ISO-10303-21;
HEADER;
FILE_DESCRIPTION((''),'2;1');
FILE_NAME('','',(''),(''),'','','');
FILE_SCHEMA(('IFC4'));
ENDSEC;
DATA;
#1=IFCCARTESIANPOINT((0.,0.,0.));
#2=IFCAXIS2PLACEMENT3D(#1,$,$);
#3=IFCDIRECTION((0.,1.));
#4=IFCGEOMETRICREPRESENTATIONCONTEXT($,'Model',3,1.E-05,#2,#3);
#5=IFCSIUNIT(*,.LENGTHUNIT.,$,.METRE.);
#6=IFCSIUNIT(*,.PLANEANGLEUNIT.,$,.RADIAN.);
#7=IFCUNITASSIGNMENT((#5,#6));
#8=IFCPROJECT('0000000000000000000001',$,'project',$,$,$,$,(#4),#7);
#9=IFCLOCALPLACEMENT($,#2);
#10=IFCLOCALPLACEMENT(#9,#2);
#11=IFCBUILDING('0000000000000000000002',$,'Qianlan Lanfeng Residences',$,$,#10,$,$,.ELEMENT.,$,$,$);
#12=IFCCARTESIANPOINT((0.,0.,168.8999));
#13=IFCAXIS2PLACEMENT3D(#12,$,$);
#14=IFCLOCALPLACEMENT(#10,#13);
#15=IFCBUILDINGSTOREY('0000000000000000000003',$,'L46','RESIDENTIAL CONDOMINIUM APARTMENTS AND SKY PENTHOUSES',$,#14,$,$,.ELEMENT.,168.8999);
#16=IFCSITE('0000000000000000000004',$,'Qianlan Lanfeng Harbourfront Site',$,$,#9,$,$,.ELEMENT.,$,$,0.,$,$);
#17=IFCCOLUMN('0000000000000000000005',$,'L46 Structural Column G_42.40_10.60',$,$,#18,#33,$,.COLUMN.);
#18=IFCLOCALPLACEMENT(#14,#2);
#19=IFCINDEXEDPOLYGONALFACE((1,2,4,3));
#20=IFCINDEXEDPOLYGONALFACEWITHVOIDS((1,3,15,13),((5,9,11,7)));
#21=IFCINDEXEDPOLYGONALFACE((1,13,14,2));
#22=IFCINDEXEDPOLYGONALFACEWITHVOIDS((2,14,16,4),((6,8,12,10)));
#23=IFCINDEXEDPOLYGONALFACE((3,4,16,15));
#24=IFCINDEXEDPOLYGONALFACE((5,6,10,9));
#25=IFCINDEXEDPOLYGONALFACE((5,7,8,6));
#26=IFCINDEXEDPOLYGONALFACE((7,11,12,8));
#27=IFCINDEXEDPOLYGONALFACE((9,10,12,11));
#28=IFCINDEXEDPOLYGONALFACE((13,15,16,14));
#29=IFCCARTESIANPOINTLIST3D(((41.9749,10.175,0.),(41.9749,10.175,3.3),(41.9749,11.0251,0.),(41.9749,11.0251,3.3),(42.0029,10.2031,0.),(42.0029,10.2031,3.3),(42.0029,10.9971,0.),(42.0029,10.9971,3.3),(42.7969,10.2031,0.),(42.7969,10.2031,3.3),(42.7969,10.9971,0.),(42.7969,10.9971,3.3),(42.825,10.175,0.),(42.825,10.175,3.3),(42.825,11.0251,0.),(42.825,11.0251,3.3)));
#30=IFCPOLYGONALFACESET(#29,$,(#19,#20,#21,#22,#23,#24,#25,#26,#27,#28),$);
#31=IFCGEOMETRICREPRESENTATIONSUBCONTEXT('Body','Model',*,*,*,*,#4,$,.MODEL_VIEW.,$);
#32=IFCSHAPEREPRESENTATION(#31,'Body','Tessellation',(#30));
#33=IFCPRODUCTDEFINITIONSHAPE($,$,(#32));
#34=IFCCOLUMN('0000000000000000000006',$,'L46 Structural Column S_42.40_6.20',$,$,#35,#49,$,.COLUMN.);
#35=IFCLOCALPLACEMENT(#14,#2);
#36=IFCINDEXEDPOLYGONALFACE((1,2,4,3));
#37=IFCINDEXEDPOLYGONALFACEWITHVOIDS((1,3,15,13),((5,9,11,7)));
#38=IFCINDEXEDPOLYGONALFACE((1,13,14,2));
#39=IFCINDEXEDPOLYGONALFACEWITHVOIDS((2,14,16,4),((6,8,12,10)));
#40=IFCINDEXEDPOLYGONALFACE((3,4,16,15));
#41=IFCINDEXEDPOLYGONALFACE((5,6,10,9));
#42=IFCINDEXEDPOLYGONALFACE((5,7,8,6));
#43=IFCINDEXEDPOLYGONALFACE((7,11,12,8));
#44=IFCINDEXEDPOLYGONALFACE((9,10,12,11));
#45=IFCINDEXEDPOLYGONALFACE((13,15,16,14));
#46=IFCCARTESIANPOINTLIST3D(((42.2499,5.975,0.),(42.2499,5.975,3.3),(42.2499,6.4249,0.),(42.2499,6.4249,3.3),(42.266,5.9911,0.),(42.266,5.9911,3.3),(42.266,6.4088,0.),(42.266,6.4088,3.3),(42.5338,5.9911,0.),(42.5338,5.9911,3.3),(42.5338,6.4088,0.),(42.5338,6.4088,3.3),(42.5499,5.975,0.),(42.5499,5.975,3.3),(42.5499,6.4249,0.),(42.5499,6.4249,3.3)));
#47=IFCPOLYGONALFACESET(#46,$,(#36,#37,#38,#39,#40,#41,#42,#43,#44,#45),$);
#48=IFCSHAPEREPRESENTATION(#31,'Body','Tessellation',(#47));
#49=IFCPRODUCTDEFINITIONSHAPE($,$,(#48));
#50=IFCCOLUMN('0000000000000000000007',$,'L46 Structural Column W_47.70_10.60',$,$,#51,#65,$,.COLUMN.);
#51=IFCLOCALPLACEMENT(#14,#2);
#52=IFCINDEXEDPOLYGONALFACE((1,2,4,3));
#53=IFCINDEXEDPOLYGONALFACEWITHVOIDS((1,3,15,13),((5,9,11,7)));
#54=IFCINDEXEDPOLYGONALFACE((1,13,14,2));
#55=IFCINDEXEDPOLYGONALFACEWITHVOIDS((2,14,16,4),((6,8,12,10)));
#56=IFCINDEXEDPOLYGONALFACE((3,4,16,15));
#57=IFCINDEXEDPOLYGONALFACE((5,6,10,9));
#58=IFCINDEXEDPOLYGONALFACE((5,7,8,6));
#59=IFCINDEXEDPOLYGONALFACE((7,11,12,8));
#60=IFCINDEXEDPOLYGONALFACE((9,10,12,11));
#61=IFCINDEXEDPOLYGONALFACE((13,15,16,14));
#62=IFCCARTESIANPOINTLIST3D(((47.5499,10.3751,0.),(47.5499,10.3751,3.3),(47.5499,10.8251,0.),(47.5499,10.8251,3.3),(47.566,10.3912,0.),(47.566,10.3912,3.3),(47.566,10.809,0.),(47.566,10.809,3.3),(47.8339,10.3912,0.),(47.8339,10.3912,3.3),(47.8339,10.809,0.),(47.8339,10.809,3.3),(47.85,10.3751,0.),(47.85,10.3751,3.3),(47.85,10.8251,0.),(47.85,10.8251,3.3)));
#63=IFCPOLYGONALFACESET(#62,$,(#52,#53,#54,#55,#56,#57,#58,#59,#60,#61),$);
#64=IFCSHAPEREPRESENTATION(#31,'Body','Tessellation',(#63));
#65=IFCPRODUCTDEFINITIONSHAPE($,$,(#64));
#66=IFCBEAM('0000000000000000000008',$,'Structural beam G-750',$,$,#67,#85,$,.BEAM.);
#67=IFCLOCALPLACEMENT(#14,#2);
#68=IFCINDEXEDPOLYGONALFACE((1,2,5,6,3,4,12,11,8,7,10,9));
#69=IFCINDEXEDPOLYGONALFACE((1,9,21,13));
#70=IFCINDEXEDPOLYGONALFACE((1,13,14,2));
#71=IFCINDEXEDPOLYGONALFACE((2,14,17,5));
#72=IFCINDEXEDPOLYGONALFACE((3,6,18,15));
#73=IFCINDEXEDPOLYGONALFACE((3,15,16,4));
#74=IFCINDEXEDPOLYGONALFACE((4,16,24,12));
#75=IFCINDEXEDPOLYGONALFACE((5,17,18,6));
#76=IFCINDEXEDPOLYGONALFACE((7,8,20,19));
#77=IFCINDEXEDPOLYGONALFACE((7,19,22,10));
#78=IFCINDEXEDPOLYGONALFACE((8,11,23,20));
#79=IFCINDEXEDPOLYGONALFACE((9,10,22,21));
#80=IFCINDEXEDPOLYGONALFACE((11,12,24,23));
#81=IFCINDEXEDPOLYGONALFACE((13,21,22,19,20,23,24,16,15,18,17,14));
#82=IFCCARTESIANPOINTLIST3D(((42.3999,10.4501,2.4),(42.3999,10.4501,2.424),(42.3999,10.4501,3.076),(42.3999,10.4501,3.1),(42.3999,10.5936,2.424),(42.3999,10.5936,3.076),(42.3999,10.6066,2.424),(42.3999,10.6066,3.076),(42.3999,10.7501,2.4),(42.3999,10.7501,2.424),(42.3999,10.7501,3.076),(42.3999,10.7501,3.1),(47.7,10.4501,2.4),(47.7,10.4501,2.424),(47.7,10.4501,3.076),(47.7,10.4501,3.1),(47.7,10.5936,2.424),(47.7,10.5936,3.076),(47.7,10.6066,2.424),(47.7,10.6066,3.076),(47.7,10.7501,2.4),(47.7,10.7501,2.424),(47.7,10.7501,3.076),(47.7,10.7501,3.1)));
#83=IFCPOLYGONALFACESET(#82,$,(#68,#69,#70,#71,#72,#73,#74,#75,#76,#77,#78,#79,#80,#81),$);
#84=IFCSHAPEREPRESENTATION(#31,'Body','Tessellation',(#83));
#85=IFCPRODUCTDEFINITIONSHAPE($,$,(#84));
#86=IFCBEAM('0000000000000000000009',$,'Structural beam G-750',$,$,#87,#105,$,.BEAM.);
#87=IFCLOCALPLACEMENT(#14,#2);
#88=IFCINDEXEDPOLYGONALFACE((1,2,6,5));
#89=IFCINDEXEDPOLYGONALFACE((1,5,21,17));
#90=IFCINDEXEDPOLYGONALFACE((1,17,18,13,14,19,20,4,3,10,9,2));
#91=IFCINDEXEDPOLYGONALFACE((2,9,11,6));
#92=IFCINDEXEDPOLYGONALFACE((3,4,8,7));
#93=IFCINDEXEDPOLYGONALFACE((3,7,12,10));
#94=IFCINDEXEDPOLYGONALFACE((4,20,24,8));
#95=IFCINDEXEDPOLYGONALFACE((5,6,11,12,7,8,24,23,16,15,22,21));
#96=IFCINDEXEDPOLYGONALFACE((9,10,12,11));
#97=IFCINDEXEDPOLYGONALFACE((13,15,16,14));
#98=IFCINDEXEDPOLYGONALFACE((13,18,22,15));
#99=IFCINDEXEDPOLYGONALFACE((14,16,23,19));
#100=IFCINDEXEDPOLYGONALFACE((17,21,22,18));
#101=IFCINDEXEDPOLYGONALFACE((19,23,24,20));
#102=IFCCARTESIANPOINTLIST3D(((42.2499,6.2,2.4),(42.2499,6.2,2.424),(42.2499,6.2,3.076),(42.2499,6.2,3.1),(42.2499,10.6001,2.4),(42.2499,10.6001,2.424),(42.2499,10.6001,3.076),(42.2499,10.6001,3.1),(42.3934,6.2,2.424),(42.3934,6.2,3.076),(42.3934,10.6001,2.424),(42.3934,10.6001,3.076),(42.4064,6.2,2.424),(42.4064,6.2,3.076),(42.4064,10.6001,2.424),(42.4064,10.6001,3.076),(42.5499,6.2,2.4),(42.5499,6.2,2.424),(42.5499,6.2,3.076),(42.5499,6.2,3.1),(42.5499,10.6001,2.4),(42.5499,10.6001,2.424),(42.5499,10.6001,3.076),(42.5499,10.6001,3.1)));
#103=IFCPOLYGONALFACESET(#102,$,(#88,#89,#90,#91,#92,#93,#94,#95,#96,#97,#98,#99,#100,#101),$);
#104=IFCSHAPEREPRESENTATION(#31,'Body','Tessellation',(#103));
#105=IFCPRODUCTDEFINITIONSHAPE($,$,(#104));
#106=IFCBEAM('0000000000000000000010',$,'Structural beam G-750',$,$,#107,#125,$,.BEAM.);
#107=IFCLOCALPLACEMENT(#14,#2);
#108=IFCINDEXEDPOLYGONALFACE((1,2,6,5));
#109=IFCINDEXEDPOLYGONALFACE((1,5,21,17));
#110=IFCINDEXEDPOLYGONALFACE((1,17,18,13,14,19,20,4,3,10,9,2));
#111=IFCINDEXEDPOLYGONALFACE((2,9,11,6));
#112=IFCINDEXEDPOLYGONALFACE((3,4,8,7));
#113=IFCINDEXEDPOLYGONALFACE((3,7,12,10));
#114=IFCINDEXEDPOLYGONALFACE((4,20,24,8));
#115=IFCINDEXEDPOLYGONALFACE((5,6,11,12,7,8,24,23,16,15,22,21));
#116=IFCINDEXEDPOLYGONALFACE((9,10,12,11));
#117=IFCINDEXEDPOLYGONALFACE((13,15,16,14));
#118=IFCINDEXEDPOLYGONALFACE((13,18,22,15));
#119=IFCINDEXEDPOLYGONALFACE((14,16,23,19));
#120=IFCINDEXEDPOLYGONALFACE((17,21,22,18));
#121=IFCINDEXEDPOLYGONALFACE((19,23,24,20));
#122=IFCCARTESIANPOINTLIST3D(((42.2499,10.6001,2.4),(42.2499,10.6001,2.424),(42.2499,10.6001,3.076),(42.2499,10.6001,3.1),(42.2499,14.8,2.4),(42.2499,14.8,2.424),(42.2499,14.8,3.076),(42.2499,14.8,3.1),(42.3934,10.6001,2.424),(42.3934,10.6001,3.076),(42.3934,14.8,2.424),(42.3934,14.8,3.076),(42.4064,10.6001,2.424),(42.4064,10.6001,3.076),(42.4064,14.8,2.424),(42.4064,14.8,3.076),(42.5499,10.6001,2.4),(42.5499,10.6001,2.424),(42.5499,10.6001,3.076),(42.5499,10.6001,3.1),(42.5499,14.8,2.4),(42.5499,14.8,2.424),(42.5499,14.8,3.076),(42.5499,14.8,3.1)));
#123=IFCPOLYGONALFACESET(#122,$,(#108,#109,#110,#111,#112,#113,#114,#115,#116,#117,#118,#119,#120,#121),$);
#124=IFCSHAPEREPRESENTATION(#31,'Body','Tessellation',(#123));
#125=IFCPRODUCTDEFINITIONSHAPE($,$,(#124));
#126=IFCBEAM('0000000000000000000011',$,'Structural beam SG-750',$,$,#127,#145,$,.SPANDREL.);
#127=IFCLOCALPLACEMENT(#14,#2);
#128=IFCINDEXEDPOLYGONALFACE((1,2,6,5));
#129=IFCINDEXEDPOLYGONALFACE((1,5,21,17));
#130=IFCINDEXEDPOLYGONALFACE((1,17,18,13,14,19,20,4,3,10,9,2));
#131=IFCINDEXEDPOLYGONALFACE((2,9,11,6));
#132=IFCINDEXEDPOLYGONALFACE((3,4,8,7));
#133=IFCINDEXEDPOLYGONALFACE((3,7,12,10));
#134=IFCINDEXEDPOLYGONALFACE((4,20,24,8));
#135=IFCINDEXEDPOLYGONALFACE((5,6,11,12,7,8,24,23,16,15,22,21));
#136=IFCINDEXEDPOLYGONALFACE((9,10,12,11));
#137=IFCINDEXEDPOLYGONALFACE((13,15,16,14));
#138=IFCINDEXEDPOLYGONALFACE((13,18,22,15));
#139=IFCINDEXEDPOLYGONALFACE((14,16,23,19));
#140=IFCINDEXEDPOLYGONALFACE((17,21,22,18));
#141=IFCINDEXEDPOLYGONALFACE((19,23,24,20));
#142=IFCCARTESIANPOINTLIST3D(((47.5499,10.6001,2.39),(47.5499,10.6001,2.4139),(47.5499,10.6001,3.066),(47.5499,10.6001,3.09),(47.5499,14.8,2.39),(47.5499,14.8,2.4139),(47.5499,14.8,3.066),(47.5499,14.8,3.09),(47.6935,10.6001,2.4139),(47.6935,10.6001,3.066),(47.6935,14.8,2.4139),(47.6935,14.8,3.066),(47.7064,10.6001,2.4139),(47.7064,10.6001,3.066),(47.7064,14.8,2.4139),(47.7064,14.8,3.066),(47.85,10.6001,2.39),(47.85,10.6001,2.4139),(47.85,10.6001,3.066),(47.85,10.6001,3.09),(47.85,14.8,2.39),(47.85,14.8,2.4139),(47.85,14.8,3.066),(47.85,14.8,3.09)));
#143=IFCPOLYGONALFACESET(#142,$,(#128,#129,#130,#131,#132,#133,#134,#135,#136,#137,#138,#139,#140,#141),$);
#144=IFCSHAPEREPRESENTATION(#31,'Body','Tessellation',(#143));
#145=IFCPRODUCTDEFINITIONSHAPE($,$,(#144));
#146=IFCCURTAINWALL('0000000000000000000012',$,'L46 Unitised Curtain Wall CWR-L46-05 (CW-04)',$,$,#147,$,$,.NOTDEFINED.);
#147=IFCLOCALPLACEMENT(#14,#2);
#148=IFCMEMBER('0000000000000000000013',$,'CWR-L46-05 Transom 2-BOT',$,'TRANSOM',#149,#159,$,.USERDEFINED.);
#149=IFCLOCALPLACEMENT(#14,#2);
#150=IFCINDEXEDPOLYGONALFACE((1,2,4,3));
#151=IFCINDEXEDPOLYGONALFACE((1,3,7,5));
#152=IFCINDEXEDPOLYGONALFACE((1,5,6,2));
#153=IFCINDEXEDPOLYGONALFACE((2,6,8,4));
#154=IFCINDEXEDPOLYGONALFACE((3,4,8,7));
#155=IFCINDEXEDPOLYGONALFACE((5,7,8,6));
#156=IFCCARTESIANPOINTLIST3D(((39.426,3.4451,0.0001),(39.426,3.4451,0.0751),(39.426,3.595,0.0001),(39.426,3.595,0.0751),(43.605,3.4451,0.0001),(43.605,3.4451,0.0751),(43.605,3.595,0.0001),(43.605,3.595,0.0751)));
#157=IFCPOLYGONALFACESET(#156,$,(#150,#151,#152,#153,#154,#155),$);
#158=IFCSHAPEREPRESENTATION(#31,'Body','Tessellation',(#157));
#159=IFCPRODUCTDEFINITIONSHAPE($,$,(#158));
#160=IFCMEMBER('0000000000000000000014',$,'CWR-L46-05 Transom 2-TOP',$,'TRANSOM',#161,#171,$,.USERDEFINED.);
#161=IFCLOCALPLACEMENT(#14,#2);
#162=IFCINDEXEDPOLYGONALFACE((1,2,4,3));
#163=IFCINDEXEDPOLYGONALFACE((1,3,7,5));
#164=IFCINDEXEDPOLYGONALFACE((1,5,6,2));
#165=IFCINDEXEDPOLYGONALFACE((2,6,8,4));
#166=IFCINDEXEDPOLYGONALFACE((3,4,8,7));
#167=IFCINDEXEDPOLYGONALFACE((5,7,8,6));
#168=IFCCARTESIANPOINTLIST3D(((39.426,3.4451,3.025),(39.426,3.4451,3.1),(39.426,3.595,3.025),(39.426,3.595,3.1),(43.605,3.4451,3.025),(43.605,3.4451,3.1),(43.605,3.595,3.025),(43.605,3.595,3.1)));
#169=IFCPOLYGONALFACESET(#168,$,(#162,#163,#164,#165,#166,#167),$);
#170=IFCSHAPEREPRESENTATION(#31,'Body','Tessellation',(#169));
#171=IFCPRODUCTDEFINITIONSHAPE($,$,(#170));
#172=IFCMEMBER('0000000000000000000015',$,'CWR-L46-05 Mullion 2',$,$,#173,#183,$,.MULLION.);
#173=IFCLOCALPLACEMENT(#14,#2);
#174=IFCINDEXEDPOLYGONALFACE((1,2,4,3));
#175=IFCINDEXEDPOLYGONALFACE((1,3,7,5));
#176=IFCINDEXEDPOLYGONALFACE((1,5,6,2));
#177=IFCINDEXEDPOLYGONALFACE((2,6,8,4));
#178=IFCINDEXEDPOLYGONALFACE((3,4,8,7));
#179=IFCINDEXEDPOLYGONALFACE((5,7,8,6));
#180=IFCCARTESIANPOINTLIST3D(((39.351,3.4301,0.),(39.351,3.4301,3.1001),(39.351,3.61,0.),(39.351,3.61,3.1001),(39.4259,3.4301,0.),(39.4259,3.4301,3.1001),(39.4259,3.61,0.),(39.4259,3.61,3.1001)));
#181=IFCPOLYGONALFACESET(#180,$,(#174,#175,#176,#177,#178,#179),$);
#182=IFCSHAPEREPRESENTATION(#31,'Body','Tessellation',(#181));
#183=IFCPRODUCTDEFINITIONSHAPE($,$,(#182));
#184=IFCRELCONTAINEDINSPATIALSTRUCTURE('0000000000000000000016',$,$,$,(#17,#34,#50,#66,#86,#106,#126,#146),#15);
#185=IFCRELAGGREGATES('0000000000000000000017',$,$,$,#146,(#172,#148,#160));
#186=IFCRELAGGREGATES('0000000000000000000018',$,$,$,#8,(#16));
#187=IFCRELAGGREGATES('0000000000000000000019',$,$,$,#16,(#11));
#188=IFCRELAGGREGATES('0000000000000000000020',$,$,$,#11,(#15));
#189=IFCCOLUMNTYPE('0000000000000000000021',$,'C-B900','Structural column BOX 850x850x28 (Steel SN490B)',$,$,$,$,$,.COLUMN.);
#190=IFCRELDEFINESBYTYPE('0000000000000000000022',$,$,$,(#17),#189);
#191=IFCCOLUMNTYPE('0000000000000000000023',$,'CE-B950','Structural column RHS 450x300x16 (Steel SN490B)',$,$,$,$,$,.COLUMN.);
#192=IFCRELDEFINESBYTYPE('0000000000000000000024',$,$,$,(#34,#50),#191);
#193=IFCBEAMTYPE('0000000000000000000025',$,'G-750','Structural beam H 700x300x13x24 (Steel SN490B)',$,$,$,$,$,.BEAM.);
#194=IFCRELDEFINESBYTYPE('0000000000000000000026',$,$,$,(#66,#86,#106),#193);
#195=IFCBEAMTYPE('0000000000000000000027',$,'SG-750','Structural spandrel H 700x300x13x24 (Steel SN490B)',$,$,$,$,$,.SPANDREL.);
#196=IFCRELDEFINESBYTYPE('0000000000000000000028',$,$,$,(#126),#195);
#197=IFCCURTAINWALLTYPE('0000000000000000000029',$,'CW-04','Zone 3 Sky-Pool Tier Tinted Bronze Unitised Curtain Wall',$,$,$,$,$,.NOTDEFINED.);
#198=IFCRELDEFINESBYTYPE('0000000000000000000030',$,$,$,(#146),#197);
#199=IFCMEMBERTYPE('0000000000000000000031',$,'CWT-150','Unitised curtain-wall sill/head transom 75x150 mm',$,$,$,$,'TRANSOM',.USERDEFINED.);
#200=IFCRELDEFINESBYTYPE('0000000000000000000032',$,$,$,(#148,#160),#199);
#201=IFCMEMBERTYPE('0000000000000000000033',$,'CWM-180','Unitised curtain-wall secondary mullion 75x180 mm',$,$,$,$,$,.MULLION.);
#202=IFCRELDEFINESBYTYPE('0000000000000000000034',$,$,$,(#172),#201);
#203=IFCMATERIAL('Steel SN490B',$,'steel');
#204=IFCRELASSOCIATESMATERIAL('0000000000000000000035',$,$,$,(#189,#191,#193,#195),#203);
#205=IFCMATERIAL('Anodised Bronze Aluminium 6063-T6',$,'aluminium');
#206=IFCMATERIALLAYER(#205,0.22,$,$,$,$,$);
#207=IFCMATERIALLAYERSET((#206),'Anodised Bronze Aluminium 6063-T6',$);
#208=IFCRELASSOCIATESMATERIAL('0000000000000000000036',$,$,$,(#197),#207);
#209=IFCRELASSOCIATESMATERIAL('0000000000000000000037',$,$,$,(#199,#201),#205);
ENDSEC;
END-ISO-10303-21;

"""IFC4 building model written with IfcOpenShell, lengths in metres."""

from ifc_helpers import new_model, si_unit, direction, frame, origin, origin_2d, place, context, subcontext, project, spatial, rectangle, hollow_rectangle, i_section, extrude, source, transform, mapped, material, layer, layer_set, material_profile, profile_set, type_object, element, aggregate, save


model = new_model("IFC4")

# Units and contexts
model_context = context("Model", 3, precision=1e-05, world=origin(), true_north=direction((0.0, 1.0)))
body_context = subcontext(model_context, "Body", "Model", "MODEL_VIEW")
ifc_project = project(units=[si_unit("LENGTHUNIT", "METRE"), si_unit("PLANEANGLEUNIT", "RADIAN")], contexts=[model_context])

# Site, building, storey
site_placement = place(None, origin())
site = spatial("IfcSite", under=ifc_project, at=site_placement, Name="Qianlan Lanfeng Harbourfront Site", CompositionType="ELEMENT", RefElevation=0.0)
building_placement = place(site_placement, origin())
building = spatial("IfcBuilding", under=site, at=building_placement, Name="Qianlan Lanfeng Residences", CompositionType="ELEMENT")
storey_placement = place(building_placement, frame((0.0, 0.0, 168.8999)))
storey = spatial("IfcBuildingStorey", under=building, at=storey_placement, Name="L46", Description="RESIDENTIAL CONDOMINIUM APARTMENTS AND SKY PENTHOUSES", CompositionType="ELEMENT", Elevation=168.8999)

# Columns
ifc_material_1 = material(Name="Steel SN490B", Category="steel")
ifc_material_profile_1 = material_profile(ifc_material_1, hollow_rectangle(XDim=0.8501, YDim=0.8501, WallThickness=0.0281, at=origin_2d()), Name="BOX 850x850x28")
ifc_profile_set_1 = profile_set([ifc_material_profile_1], Name="Steel SN490B")
column_type_1 = type_object("IfcColumnType", Name="C-B900", Description="Structural column BOX 850x850x28 (Steel SN490B)", PredefinedType="COLUMN", material=ifc_profile_set_1)
column_placement = place(storey_placement, frame((42.3999, 10.6001, 0.0), z_axis=(0.0, 0.0, 1.0), x_axis=(1.0, 0.0, 0.0)))
element("IfcColumn", 1, at=column_placement, inside=storey, type_object=column_type_1, Name="L46 Structural Column G_42.40_10.60", PredefinedType="COLUMN", context=body_context, shape_type="SweptSolid", body=[
    extrude(hollow_rectangle(XDim=0.8501, YDim=0.8501, WallThickness=0.0281, at=origin_2d()), origin(), (0.0, 0.0, 1.0), 3.3),
])
ifc_material_profile_2 = material_profile(ifc_material_1, hollow_rectangle(XDim=0.3, YDim=0.45, WallThickness=0.0161, at=origin_2d()), Name="RHS 450x300x16")
ifc_profile_set_2 = profile_set([ifc_material_profile_2], Name="Steel SN490B")
column_type_2 = type_object("IfcColumnType", Name="CE-B950", Description="Structural column RHS 450x300x16 (Steel SN490B)", PredefinedType="COLUMN", material=ifc_profile_set_2)
for number, where, z_axis, x_axis, name in (
    (2, (42.3999, 6.2, 0.0), (0.0, 0.0, 1.0), (1.0, 0.0, 0.0), "L46 Structural Column S_42.40_6.20"),
    (3, (47.7, 10.6001, 0.0), (0.0, 0.0, 1.0), (1.0, 0.0, 0.0), "L46 Structural Column W_47.70_10.60"),
):
    element("IfcColumn", number, at=place(storey_placement, frame(where, z_axis=z_axis, x_axis=x_axis)), inside=storey, type_object=column_type_2, Name=name, PredefinedType="COLUMN", context=body_context, shape_type="SweptSolid", body=[
        extrude(hollow_rectangle(XDim=0.3, YDim=0.45, WallThickness=0.0161, at=origin_2d()), origin(), (0.0, 0.0, 1.0), 3.3),
    ])

# Beams
ifc_material_profile_3 = material_profile(ifc_material_1, i_section(OverallWidth=0.3, OverallDepth=0.7, WebThickness=0.0129, FlangeThickness=0.0239, at=origin_2d()), Name="H 700x300x13x24")
ifc_profile_set_3 = profile_set([ifc_material_profile_3], Name="Steel SN490B")
beam_type_1 = type_object("IfcBeamType", Name="G-750", Description="Structural beam H 700x300x13x24 (Steel SN490B)", PredefinedType="BEAM", material=ifc_profile_set_3)
beam_1_placement = place(storey_placement, frame((42.3999, 10.6001, 2.75), z_axis=(1.0, 0.0, 0.0), x_axis=(0.0, 1.0, 0.0)))
element("IfcBeam", 4, at=beam_1_placement, inside=storey, type_object=beam_type_1, Name="Structural beam G-750", PredefinedType="BEAM", context=body_context, shape_type="SweptSolid", body=[
    extrude(i_section(OverallWidth=0.3, OverallDepth=0.7, WebThickness=0.0129, FlangeThickness=0.0239, at=origin_2d()), origin(), (0.0, 0.0, 1.0), 5.3),
])
beam_2_placement = place(storey_placement, frame((42.3999, 6.2, 2.75), z_axis=(0.0, 1.0, 0.0), x_axis=(-1.0, 0.0, 0.0)))
element("IfcBeam", 5, at=beam_2_placement, inside=storey, type_object=beam_type_1, Name="Structural beam G-750", PredefinedType="BEAM", context=body_context, shape_type="SweptSolid", body=[
    extrude(i_section(OverallWidth=0.3, OverallDepth=0.7, WebThickness=0.0129, FlangeThickness=0.0239, at=origin_2d()), origin(), (0.0, 0.0, 1.0), 4.4001),
])
beam_3_placement = place(storey_placement, frame((42.3999, 10.6001, 2.75), z_axis=(0.0, 1.0, 0.0), x_axis=(-1.0, 0.0, 0.0)))
element("IfcBeam", 6, at=beam_3_placement, inside=storey, type_object=beam_type_1, Name="Structural beam G-750", PredefinedType="BEAM", context=body_context, shape_type="SweptSolid", body=[
    extrude(i_section(OverallWidth=0.3, OverallDepth=0.7, WebThickness=0.0129, FlangeThickness=0.0239, at=origin_2d()), origin(), (0.0, 0.0, 1.0), 4.2),
])
ifc_material_profile_4 = material_profile(ifc_material_1, i_section(OverallWidth=0.3, OverallDepth=0.7, WebThickness=0.0129, FlangeThickness=0.0239, at=origin_2d()), Name="H 700x300x13x24")
ifc_profile_set_4 = profile_set([ifc_material_profile_4], Name="Steel SN490B")
beam_type_2 = type_object("IfcBeamType", Name="SG-750", Description="Structural spandrel H 700x300x13x24 (Steel SN490B)", PredefinedType="SPANDREL", material=ifc_profile_set_4)
beam_4_placement = place(storey_placement, frame((47.7, 10.6001, 2.74), z_axis=(0.0, 1.0, 0.0), x_axis=(-1.0, 0.0, 0.0)))
element("IfcBeam", 7, at=beam_4_placement, inside=storey, type_object=beam_type_2, Name="Structural beam SG-750", PredefinedType="SPANDREL", context=body_context, shape_type="SweptSolid", body=[
    extrude(i_section(OverallWidth=0.3, OverallDepth=0.7, WebThickness=0.0129, FlangeThickness=0.0239, at=origin_2d()), origin(), (0.0, 0.0, 1.0), 4.2),
])

# Curtain wall, members
ifc_material_2 = material(Name="Anodised Bronze Aluminium 6063-T6", Category="aluminium")
ifc_layer_1 = layer(ifc_material_2, 0.22)
ifc_layer_set_1 = layer_set([ifc_layer_1], Name="Anodised Bronze Aluminium 6063-T6")
curtain_wall_type = type_object("IfcCurtainWallType", Name="CW-04", Description="Zone 3 Sky-Pool Tier Tinted Bronze Unitised Curtain Wall", PredefinedType="NOTDEFINED", material=ifc_layer_set_1)
curtain_wall_placement = place(storey_placement, origin())
curtain_wall = element("IfcCurtainWall", 8, at=curtain_wall_placement, inside=storey, type_object=curtain_wall_type, Name="L46 Unitised Curtain Wall CWR-L46-05 (CW-04)", PredefinedType="NOTDEFINED")
ifc_material_profile_5 = material_profile(ifc_material_2, rectangle(XDim=0.075, YDim=0.1499, at=origin_2d()), Name="ALU TRANSOM 75x150")
ifc_profile_set_5 = profile_set([ifc_material_profile_5], Name="Anodised Bronze Aluminium 6063-T6")
member_type_1 = type_object("IfcMemberType", Name="CWT-150", Description="Unitised curtain-wall sill/head transom 75x150 mm", ElementType="TRANSOM", PredefinedType="USERDEFINED", material=ifc_profile_set_5)
shared_shape_1 = source(origin(), body_context, "Body", "SweptSolid", [
    extrude(rectangle(XDim=0.075, YDim=0.1499, at=origin_2d()), origin(), (0.0, 0.0, 1.0), 4.179),
])
member_1_placement = place(storey_placement, frame((39.426, 3.52, 0.0376), z_axis=(1.0, 0.0, 0.0), x_axis=(0.0, 0.0, 1.0)))
member_1 = element("IfcMember", 9, at=member_1_placement, type_object=member_type_1, Name="CWR-L46-05 Transom 2-BOT", ObjectType="TRANSOM", PredefinedType="USERDEFINED", context=body_context, shape_type="MappedRepresentation", body=[
    mapped(shared_shape_1, transform((0.0, 0.0, 0.0), scale=1.0)),
])
member_2_placement = place(storey_placement, frame((39.426, 3.52, 3.0625), z_axis=(1.0, 0.0, 0.0), x_axis=(0.0, 0.0, 1.0)))
member_2 = element("IfcMember", 10, at=member_2_placement, type_object=member_type_1, Name="CWR-L46-05 Transom 2-TOP", ObjectType="TRANSOM", PredefinedType="USERDEFINED", context=body_context, shape_type="MappedRepresentation", body=[
    mapped(shared_shape_1, transform((0.0, 0.0, 0.0), scale=1.0)),
])
ifc_material_profile_6 = material_profile(ifc_material_2, rectangle(XDim=0.075, YDim=0.1799, at=origin_2d()), Name="ALU MULLION 75x180")
ifc_profile_set_6 = profile_set([ifc_material_profile_6], Name="Anodised Bronze Aluminium 6063-T6")
member_type_2 = type_object("IfcMemberType", Name="CWM-180", Description="Unitised curtain-wall secondary mullion 75x180 mm", PredefinedType="MULLION", material=ifc_profile_set_6)
shared_shape_2 = source(origin(), body_context, "Body", "SweptSolid", [
    extrude(rectangle(XDim=0.075, YDim=0.1799, at=origin_2d()), origin(), (0.0, 0.0, 1.0), 3.1001),
])
member_3_placement = place(storey_placement, frame((39.3884, 3.52, 0.0), z_axis=(0.0, 0.0, 1.0), x_axis=(1.0, 0.0, 0.0)))
member_3 = element("IfcMember", 11, at=member_3_placement, type_object=member_type_2, Name="CWR-L46-05 Mullion 2", PredefinedType="MULLION", context=body_context, shape_type="MappedRepresentation", body=[
    mapped(shared_shape_2, transform((0.0, 0.0, 0.0), scale=1.0)),
])
aggregate(curtain_wall, [member_3, member_1, member_2])

save(model, "model.ifc")
